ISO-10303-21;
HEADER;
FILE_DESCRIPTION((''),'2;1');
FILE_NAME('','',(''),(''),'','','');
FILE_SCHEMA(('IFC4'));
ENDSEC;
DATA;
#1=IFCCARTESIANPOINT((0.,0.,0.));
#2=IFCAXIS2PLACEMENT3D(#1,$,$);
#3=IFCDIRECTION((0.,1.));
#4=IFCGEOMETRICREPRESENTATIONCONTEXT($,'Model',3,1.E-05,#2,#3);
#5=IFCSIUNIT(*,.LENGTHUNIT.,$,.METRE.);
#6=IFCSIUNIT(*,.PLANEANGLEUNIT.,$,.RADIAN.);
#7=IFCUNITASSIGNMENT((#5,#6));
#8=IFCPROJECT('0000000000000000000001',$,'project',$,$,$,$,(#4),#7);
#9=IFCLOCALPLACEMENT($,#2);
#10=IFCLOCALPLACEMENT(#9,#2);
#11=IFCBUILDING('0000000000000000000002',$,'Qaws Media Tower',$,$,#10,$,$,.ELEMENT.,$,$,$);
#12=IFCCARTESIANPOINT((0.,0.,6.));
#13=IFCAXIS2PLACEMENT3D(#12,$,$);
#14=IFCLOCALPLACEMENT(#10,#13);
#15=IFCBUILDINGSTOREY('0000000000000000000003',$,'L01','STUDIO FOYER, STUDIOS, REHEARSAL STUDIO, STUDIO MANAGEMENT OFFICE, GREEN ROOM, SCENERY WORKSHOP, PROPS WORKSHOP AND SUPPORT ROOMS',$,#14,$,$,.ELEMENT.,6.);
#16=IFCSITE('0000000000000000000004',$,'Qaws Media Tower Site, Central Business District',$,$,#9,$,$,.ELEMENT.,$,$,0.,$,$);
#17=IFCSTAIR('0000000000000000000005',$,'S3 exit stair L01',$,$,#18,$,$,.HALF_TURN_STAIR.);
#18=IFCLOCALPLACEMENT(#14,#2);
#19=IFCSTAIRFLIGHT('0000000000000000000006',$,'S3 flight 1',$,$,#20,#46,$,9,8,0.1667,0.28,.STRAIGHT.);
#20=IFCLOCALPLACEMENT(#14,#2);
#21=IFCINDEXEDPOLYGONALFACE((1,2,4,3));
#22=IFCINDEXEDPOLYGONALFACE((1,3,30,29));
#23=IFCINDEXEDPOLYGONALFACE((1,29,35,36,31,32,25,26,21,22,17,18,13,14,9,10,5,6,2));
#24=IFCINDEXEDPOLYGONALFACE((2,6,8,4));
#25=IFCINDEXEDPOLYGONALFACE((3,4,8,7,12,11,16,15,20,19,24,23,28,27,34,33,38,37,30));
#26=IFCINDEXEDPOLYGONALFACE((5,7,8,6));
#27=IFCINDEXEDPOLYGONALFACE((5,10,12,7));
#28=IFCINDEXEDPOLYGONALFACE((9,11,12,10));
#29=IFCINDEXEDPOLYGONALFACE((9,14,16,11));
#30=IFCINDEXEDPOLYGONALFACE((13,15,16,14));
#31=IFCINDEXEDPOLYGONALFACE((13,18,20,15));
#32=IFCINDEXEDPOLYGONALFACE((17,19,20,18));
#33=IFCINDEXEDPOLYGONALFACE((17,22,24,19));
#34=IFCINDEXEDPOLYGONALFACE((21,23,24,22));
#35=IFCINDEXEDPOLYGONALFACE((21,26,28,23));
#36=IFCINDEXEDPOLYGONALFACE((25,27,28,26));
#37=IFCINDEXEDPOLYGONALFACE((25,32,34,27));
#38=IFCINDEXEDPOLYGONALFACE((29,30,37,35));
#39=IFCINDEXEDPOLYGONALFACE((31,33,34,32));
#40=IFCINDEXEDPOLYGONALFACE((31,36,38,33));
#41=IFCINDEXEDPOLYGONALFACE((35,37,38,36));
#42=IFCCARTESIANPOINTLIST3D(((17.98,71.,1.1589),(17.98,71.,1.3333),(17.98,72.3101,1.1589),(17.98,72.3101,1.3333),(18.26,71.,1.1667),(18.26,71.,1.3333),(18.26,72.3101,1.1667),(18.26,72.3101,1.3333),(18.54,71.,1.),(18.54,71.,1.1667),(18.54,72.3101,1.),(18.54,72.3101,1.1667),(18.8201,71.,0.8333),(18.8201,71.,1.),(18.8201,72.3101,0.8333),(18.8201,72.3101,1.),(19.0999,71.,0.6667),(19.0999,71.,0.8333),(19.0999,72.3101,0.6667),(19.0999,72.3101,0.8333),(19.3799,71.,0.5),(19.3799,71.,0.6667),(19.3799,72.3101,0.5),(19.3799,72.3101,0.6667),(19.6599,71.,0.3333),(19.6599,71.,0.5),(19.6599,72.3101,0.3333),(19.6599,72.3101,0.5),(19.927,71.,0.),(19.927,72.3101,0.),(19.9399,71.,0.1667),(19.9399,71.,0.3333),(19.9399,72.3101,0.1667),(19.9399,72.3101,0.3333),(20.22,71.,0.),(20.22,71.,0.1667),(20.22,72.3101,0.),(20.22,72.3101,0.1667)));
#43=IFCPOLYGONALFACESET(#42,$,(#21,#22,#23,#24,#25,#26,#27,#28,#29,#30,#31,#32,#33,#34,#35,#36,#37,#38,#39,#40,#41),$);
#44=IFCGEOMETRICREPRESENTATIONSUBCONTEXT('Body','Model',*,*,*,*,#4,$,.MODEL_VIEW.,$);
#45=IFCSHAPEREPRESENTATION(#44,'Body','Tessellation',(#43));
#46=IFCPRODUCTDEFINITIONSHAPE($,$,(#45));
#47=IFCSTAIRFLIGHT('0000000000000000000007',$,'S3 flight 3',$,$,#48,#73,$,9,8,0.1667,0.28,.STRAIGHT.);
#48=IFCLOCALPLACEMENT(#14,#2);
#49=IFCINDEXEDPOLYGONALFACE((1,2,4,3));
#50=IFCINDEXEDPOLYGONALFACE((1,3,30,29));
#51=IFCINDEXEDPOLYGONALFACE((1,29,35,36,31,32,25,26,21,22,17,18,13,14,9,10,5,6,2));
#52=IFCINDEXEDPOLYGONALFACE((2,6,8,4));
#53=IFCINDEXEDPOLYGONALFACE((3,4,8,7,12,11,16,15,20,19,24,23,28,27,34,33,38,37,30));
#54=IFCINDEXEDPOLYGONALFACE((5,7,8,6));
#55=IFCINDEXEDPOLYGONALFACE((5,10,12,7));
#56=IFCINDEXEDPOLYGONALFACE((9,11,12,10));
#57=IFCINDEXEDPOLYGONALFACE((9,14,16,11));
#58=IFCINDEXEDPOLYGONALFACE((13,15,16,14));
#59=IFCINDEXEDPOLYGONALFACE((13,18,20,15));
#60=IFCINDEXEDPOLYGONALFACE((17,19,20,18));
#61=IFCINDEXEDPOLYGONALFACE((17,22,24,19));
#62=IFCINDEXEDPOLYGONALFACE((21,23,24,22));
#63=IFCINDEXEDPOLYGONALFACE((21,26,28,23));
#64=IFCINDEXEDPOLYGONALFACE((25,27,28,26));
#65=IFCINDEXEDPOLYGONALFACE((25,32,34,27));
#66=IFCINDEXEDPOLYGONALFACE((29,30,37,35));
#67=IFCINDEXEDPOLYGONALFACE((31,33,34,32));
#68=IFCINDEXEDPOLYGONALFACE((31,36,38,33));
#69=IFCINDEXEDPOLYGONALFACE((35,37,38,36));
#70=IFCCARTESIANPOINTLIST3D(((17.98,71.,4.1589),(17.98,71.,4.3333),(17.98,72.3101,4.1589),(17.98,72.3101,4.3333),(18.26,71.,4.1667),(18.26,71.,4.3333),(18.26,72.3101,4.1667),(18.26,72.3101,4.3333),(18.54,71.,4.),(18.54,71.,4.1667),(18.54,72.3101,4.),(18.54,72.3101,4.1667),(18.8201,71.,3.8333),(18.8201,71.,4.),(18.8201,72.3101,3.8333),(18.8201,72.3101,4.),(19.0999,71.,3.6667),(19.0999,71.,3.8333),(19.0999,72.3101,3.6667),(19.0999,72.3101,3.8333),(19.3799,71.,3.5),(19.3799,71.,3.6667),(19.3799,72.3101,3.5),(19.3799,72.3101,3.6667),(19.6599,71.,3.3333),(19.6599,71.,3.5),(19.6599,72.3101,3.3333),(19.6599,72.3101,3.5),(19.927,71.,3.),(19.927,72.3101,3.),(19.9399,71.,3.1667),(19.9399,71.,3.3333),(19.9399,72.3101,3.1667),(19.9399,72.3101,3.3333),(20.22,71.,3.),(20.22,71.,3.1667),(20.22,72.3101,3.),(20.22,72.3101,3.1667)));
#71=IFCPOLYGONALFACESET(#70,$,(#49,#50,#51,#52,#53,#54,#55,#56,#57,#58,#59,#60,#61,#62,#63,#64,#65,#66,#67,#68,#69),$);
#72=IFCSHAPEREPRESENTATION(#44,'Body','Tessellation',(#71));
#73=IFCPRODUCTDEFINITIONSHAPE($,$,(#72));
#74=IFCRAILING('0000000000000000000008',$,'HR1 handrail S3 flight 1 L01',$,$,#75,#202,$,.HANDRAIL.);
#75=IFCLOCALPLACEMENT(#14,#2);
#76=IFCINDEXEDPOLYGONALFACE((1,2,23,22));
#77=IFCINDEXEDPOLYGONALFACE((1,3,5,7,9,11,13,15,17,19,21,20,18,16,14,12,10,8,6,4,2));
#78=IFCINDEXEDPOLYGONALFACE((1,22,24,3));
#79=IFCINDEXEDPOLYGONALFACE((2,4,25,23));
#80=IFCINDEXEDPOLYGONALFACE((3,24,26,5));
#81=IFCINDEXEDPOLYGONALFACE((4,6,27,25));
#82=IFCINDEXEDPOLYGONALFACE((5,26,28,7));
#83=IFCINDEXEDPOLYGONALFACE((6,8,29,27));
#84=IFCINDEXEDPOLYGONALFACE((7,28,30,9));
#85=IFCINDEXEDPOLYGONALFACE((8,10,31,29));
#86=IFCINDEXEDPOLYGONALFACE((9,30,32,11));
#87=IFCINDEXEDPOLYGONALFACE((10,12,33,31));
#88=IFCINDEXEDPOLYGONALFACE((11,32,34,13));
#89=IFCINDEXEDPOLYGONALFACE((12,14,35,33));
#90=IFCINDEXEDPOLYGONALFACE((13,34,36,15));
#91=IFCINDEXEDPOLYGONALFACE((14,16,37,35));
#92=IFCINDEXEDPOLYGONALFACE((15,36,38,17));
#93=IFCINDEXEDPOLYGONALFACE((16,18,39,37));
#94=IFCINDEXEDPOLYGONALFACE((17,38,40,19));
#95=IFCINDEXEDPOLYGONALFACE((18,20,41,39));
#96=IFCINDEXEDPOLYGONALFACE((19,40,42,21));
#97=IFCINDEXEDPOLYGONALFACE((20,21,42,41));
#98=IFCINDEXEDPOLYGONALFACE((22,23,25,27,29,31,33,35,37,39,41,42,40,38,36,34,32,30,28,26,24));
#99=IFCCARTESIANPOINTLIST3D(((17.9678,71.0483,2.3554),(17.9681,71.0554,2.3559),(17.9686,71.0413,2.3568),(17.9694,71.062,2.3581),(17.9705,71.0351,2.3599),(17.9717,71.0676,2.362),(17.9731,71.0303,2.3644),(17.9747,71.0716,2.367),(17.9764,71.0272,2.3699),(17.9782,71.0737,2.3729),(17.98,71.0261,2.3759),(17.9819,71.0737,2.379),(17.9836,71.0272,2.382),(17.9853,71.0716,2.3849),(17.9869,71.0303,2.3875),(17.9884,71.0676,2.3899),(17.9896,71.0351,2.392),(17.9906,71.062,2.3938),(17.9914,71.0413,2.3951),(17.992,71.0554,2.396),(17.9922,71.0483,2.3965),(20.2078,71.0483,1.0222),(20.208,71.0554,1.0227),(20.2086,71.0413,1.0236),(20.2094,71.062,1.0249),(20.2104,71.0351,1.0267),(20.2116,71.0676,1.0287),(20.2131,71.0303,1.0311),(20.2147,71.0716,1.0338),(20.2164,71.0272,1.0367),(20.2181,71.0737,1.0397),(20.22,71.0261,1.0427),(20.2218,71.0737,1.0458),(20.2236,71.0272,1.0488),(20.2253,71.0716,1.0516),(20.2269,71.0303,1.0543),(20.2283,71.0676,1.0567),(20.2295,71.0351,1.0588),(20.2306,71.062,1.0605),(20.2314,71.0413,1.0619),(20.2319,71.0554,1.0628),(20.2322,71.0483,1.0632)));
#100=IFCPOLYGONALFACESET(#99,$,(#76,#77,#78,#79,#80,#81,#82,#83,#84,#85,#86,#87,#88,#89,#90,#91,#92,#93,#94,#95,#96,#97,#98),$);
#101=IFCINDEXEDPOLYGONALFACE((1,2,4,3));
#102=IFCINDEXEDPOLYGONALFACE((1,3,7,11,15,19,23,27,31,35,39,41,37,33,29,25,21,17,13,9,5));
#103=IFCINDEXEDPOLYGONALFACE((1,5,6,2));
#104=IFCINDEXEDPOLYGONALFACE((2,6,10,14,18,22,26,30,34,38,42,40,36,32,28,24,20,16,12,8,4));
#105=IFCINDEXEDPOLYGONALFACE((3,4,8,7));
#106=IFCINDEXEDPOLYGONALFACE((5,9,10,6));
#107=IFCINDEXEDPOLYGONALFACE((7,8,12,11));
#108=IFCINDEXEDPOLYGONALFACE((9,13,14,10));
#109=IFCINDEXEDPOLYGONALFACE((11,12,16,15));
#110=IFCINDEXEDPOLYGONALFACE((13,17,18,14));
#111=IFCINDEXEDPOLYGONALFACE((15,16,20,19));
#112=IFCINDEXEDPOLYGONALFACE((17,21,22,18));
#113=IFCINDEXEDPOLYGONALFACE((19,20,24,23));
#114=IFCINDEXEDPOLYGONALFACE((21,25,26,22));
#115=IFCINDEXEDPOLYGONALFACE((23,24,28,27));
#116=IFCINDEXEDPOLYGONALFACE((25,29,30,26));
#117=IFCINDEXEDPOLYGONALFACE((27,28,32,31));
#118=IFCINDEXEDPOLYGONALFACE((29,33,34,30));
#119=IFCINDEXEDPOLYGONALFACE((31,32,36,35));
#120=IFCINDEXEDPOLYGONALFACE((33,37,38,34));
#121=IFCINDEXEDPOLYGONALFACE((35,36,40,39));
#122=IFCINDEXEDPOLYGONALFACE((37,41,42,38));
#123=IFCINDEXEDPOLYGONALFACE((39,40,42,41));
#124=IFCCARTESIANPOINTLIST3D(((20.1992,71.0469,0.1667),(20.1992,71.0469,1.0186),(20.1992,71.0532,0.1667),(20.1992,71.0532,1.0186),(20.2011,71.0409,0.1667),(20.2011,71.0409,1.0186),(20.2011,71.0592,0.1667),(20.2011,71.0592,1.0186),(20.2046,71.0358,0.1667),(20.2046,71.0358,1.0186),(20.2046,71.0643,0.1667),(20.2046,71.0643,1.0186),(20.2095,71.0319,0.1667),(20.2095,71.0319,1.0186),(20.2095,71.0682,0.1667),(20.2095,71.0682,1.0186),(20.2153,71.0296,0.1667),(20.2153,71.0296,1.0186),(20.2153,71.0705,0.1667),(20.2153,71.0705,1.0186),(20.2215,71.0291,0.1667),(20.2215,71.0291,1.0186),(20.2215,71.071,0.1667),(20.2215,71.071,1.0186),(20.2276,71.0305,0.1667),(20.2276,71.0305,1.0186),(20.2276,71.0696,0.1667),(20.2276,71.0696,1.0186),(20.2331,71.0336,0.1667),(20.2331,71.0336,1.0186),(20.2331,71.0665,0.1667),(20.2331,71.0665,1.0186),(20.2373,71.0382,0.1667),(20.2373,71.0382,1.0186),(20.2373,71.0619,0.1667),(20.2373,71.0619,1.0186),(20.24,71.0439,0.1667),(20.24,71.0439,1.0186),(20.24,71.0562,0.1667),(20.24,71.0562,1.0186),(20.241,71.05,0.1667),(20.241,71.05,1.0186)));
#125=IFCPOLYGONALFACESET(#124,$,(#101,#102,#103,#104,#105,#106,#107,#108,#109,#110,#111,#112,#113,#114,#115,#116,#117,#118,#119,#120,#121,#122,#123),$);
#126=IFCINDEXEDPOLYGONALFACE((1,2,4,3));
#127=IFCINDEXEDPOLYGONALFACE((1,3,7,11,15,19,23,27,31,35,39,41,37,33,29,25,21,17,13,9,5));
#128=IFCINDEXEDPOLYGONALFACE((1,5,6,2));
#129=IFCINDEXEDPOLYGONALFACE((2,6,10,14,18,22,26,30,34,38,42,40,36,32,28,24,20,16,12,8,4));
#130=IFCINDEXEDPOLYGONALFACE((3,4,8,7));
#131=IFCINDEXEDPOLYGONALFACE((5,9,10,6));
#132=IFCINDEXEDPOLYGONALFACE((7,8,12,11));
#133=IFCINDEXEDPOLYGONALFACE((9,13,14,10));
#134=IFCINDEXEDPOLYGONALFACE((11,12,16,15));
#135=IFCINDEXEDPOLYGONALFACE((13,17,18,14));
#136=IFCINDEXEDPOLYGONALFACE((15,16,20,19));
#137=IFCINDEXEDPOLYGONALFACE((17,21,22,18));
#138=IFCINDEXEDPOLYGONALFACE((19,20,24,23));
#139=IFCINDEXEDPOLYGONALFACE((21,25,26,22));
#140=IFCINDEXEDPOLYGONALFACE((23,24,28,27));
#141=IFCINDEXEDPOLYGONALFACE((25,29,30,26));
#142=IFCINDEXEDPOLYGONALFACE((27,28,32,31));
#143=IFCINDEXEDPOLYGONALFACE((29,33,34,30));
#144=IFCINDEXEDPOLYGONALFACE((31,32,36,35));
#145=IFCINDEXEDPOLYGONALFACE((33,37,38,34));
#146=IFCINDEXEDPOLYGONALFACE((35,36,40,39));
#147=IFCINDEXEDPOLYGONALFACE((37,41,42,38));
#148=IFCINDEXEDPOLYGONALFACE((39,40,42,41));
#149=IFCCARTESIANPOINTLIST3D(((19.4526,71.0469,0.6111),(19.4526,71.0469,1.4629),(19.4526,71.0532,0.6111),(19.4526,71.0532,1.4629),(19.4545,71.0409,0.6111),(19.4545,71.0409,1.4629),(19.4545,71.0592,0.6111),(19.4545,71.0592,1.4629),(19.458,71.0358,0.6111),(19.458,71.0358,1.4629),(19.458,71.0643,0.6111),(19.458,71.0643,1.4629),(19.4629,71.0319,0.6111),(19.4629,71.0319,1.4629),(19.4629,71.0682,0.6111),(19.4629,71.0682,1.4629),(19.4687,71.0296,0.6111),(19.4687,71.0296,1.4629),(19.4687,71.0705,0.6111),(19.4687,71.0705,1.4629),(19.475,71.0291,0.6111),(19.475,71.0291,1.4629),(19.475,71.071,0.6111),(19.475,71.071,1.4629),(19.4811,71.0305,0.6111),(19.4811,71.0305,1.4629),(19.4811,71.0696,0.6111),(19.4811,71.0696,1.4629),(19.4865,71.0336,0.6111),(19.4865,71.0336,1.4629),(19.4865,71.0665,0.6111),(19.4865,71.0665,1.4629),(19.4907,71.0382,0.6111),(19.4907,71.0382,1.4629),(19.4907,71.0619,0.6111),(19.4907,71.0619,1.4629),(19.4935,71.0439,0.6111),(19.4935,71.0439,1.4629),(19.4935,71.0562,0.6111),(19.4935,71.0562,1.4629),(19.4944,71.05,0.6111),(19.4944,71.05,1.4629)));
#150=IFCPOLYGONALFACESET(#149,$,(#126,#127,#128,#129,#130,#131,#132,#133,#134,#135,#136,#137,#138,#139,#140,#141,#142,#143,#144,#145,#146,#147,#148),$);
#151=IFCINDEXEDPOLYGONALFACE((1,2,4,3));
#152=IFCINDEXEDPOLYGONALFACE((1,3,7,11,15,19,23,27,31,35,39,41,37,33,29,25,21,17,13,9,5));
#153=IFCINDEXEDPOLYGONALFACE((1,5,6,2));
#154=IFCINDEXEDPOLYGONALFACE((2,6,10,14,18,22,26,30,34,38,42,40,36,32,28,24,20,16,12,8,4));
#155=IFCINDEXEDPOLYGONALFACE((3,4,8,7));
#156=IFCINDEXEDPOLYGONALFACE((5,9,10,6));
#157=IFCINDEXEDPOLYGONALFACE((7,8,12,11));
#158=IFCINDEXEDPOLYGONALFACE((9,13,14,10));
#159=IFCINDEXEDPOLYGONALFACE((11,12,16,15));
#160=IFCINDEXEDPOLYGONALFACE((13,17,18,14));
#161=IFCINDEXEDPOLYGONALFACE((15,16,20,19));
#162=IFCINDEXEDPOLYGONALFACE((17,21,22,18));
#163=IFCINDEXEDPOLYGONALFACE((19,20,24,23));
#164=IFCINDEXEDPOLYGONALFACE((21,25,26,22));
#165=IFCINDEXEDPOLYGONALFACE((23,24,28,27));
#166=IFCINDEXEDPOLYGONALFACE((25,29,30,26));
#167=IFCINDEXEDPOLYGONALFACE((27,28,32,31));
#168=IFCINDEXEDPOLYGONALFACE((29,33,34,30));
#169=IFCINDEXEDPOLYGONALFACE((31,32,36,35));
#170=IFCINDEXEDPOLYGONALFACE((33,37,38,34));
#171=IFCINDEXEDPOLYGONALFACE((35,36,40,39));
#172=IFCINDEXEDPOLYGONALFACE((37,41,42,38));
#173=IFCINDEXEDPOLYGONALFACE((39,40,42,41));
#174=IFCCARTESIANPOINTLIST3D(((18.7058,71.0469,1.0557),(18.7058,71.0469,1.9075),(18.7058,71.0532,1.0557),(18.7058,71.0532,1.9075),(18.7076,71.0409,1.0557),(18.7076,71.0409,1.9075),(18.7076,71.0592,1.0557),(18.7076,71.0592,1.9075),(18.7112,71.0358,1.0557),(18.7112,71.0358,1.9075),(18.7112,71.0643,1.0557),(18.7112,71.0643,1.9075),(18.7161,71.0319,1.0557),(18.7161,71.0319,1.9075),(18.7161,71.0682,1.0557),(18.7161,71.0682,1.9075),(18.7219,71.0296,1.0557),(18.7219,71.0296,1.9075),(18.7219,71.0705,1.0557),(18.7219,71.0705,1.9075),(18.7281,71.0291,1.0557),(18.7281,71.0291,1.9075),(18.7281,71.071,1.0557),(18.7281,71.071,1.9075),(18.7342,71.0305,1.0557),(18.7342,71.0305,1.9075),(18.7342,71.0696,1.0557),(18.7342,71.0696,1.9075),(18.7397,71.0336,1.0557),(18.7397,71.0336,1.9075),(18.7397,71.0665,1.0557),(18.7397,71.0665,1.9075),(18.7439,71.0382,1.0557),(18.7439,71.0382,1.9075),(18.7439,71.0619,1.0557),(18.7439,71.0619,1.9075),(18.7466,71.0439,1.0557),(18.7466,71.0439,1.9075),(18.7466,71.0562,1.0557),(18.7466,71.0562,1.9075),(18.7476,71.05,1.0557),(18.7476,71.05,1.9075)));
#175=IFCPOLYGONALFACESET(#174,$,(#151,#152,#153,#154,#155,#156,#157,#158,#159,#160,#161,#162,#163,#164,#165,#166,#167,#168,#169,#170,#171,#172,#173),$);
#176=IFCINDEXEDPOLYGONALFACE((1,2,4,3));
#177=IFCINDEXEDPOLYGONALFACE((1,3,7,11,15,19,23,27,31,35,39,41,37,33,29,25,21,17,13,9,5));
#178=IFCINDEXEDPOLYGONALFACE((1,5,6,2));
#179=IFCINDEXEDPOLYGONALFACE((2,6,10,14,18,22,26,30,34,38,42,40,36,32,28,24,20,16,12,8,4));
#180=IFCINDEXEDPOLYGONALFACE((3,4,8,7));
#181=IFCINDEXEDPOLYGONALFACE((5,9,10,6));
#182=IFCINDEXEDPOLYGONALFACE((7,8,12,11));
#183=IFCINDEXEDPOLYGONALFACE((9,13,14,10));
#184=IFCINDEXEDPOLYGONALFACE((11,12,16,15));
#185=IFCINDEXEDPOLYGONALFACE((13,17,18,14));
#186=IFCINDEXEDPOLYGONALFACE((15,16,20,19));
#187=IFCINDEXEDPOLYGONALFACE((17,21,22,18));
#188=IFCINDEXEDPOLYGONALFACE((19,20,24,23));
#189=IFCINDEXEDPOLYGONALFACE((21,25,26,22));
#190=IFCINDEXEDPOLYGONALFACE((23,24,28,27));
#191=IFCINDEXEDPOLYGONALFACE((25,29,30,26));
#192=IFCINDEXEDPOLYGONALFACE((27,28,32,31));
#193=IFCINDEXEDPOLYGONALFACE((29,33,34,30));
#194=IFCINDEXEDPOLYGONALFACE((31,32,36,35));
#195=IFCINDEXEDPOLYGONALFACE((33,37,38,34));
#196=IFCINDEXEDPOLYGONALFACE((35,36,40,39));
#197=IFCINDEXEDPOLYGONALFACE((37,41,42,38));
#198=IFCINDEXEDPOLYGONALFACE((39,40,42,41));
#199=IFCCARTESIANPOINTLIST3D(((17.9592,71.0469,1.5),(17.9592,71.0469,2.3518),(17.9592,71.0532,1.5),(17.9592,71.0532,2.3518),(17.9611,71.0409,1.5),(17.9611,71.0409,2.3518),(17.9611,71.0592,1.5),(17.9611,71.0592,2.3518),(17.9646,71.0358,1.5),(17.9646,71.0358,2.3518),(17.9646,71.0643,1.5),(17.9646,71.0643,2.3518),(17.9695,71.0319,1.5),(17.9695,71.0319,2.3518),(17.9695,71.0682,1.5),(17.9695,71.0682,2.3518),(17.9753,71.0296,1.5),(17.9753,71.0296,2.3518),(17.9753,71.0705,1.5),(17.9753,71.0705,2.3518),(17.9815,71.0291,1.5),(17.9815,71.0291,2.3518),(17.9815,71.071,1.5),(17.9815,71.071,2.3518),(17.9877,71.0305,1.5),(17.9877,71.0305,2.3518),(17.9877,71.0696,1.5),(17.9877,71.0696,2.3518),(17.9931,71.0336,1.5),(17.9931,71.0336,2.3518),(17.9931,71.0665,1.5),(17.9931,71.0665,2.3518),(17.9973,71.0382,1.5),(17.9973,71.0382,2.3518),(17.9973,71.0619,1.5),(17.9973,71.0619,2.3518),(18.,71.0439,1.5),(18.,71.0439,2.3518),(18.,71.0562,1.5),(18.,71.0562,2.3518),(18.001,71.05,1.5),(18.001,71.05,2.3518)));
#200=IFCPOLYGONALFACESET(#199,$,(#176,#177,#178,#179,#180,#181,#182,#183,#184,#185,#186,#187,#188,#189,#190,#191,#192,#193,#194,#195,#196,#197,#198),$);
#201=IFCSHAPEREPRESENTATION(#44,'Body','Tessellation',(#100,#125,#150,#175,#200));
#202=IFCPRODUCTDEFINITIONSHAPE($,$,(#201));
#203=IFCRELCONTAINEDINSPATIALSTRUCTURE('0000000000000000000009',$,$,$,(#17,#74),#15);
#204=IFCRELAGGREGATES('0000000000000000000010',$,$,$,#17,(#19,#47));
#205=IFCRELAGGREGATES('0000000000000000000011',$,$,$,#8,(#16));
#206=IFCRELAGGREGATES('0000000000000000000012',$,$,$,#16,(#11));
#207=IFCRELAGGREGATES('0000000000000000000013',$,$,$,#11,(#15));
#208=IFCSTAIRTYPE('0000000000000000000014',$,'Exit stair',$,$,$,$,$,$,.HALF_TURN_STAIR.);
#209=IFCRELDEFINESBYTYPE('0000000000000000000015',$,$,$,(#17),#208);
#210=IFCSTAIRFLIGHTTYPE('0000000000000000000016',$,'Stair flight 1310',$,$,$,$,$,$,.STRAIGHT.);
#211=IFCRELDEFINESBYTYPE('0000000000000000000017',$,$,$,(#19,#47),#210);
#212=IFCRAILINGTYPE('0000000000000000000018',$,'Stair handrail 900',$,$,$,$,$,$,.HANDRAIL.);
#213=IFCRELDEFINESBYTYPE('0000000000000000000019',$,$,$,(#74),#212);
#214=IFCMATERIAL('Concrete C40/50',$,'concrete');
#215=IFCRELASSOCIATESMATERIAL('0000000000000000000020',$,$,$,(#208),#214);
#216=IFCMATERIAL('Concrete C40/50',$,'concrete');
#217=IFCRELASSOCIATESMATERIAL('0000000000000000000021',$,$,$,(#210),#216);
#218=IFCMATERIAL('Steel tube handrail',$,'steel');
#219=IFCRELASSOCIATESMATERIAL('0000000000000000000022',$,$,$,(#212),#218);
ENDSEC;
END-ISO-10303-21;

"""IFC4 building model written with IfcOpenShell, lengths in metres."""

from ifc_helpers import new_model, si_unit, direction, frame, origin, origin_2d, place, context, subcontext, project, spatial, polyline, circle, outline, extrude, material, type_object, element, aggregate, save


model = new_model("IFC4")

# Units and contexts
model_context = context("Model", 3, precision=1e-05, world=origin(), true_north=direction((0.0, 1.0)))
body_context = subcontext(model_context, "Body", "Model", "MODEL_VIEW")
ifc_project = project(units=[si_unit("LENGTHUNIT", "METRE"), si_unit("PLANEANGLEUNIT", "RADIAN")], contexts=[model_context])

# Site, building, storey
site_placement = place(None, origin())
site = spatial("IfcSite", under=ifc_project, at=site_placement, Name="Qaws Media Tower Site, Central Business District", CompositionType="ELEMENT", RefElevation=0.0)
building_placement = place(site_placement, origin())
building = spatial("IfcBuilding", under=site, at=building_placement, Name="Qaws Media Tower", CompositionType="ELEMENT")
storey_placement = place(building_placement, frame((0.0, 0.0, 6.0)))
storey = spatial("IfcBuildingStorey", under=building, at=storey_placement, Name="L01", Description="STUDIO FOYER, STUDIOS, REHEARSAL STUDIO, STUDIO MANAGEMENT OFFICE, GREEN ROOM, SCENERY WORKSHOP, PROPS WORKSHOP AND SUPPORT ROOMS", CompositionType="ELEMENT", Elevation=6.0)

# Stair, stair flights
ifc_material_1 = material(Name="Concrete C40/50", Category="concrete")
stair_type = type_object("IfcStairType", Name="Exit stair", PredefinedType="HALF_TURN_STAIR", material=ifc_material_1)
stair_placement = place(storey_placement, origin())
stair = element("IfcStair", 1, at=stair_placement, inside=storey, type_object=stair_type, Name="S3 exit stair L01", PredefinedType="HALF_TURN_STAIR")
ifc_material_2 = material(Name="Concrete C40/50", Category="concrete")
stair_flight_type = type_object("IfcStairFlightType", Name="Stair flight 1310", PredefinedType="STRAIGHT", material=ifc_material_2)
stair_flight_1_placement = place(storey_placement, frame((20.22, 71.655, 0.0), z_axis=(0.0, 0.0, 1.0), x_axis=(-1.0, 0.0, 0.0)))
stair_flight_1 = element("IfcStairFlight", 2, at=stair_flight_1_placement, type_object=stair_flight_type, Name="S3 flight 1", NumberOfRisers=9, NumberOfTreads=8, PredefinedType="STRAIGHT", RiserHeight=0.1667, TreadLength=0.28, context=body_context, shape_type="SweptSolid", body=[
    extrude(outline(polyline([(0.0, 0.0), (0.0, 0.1667), (0.28, 0.1667), (0.28, 0.3333), (0.5601, 0.3333), (0.5601, 0.5), (0.8401, 0.5), (0.8401, 0.6667), (1.1201, 0.6667), (1.1201, 0.8333), (1.3999, 0.8333), (1.3999, 1.0), (1.6799, 1.0), (1.6799, 1.1667), (1.96, 1.1667), (1.96, 1.3333), (2.24, 1.3333), (2.24, 1.5), (2.24, 1.1589), (0.293, 0.0), (0.0, 0.0)])), frame((0.0, 0.655, 0.0), z_axis=(0.0, -1.0, 0.0), x_axis=(1.0, 0.0, 0.0)), (0.0, 0.0, 1.0), 1.3101),
])
stair_flight_2_placement = place(storey_placement, frame((20.22, 71.655, 3.0), z_axis=(0.0, 0.0, 1.0), x_axis=(-1.0, 0.0, 0.0)))
stair_flight_2 = element("IfcStairFlight", 3, at=stair_flight_2_placement, type_object=stair_flight_type, Name="S3 flight 3", NumberOfRisers=9, NumberOfTreads=8, PredefinedType="STRAIGHT", RiserHeight=0.1667, TreadLength=0.28, context=body_context, shape_type="SweptSolid", body=[
    extrude(outline(polyline([(0.0, 0.0), (0.0, 0.1667), (0.28, 0.1667), (0.28, 0.3333), (0.5601, 0.3333), (0.5601, 0.5), (0.8401, 0.5), (0.8401, 0.6667), (1.1201, 0.6667), (1.1201, 0.8333), (1.3999, 0.8333), (1.3999, 1.0), (1.6799, 1.0), (1.6799, 1.1667), (1.96, 1.1667), (1.96, 1.3333), (2.24, 1.3333), (2.24, 1.5), (2.24, 1.1589), (0.293, 0.0), (0.0, 0.0)])), frame((0.0, 0.655, 0.0), z_axis=(0.0, -1.0, 0.0), x_axis=(1.0, 0.0, 0.0)), (0.0, 0.0, 1.0), 1.3101),
])
aggregate(stair, [stair_flight_1, stair_flight_2])

# Railing
ifc_material_3 = material(Name="Steel tube handrail", Category="steel")
railing_type = type_object("IfcRailingType", Name="Stair handrail 900", PredefinedType="HANDRAIL", material=ifc_material_3)
for number, where, name in (
    (4, (20.22, 71.05, 0.1667), "HR1 handrail S3 flight 1 L01"),
):
    element("IfcRailing", number, at=place(storey_placement, frame(where)), inside=storey, type_object=railing_type, Name=name, PredefinedType="HANDRAIL", context=body_context, shape_type="SweptSolid", body=[
        extrude(circle(Radius=0.0239, at=origin_2d()), frame((0.0, 0.0, 0.876), z_axis=(-0.859306, 0.0, 0.511462), x_axis=(0.0, -1.0, 0.0)), (0.0, 0.0, 1.0), 2.6067),
        extrude(circle(Radius=0.021, at=origin_2d()), origin(), (0.0, 0.0, 1.0), 0.8518),
        extrude(circle(Radius=0.021, at=origin_2d()), frame((-0.7466, 0.0, 0.4443)), (0.0, 0.0, 1.0), 0.8518),
        extrude(circle(Radius=0.021, at=origin_2d()), frame((-1.4934, 0.0, 0.8889)), (0.0, 0.0, 1.0), 0.8518),
        extrude(circle(Radius=0.021, at=origin_2d()), frame((-2.24, 0.0, 1.3333)), (0.0, 0.0, 1.0), 0.8518),
    ])

save(model, "model.ifc")
